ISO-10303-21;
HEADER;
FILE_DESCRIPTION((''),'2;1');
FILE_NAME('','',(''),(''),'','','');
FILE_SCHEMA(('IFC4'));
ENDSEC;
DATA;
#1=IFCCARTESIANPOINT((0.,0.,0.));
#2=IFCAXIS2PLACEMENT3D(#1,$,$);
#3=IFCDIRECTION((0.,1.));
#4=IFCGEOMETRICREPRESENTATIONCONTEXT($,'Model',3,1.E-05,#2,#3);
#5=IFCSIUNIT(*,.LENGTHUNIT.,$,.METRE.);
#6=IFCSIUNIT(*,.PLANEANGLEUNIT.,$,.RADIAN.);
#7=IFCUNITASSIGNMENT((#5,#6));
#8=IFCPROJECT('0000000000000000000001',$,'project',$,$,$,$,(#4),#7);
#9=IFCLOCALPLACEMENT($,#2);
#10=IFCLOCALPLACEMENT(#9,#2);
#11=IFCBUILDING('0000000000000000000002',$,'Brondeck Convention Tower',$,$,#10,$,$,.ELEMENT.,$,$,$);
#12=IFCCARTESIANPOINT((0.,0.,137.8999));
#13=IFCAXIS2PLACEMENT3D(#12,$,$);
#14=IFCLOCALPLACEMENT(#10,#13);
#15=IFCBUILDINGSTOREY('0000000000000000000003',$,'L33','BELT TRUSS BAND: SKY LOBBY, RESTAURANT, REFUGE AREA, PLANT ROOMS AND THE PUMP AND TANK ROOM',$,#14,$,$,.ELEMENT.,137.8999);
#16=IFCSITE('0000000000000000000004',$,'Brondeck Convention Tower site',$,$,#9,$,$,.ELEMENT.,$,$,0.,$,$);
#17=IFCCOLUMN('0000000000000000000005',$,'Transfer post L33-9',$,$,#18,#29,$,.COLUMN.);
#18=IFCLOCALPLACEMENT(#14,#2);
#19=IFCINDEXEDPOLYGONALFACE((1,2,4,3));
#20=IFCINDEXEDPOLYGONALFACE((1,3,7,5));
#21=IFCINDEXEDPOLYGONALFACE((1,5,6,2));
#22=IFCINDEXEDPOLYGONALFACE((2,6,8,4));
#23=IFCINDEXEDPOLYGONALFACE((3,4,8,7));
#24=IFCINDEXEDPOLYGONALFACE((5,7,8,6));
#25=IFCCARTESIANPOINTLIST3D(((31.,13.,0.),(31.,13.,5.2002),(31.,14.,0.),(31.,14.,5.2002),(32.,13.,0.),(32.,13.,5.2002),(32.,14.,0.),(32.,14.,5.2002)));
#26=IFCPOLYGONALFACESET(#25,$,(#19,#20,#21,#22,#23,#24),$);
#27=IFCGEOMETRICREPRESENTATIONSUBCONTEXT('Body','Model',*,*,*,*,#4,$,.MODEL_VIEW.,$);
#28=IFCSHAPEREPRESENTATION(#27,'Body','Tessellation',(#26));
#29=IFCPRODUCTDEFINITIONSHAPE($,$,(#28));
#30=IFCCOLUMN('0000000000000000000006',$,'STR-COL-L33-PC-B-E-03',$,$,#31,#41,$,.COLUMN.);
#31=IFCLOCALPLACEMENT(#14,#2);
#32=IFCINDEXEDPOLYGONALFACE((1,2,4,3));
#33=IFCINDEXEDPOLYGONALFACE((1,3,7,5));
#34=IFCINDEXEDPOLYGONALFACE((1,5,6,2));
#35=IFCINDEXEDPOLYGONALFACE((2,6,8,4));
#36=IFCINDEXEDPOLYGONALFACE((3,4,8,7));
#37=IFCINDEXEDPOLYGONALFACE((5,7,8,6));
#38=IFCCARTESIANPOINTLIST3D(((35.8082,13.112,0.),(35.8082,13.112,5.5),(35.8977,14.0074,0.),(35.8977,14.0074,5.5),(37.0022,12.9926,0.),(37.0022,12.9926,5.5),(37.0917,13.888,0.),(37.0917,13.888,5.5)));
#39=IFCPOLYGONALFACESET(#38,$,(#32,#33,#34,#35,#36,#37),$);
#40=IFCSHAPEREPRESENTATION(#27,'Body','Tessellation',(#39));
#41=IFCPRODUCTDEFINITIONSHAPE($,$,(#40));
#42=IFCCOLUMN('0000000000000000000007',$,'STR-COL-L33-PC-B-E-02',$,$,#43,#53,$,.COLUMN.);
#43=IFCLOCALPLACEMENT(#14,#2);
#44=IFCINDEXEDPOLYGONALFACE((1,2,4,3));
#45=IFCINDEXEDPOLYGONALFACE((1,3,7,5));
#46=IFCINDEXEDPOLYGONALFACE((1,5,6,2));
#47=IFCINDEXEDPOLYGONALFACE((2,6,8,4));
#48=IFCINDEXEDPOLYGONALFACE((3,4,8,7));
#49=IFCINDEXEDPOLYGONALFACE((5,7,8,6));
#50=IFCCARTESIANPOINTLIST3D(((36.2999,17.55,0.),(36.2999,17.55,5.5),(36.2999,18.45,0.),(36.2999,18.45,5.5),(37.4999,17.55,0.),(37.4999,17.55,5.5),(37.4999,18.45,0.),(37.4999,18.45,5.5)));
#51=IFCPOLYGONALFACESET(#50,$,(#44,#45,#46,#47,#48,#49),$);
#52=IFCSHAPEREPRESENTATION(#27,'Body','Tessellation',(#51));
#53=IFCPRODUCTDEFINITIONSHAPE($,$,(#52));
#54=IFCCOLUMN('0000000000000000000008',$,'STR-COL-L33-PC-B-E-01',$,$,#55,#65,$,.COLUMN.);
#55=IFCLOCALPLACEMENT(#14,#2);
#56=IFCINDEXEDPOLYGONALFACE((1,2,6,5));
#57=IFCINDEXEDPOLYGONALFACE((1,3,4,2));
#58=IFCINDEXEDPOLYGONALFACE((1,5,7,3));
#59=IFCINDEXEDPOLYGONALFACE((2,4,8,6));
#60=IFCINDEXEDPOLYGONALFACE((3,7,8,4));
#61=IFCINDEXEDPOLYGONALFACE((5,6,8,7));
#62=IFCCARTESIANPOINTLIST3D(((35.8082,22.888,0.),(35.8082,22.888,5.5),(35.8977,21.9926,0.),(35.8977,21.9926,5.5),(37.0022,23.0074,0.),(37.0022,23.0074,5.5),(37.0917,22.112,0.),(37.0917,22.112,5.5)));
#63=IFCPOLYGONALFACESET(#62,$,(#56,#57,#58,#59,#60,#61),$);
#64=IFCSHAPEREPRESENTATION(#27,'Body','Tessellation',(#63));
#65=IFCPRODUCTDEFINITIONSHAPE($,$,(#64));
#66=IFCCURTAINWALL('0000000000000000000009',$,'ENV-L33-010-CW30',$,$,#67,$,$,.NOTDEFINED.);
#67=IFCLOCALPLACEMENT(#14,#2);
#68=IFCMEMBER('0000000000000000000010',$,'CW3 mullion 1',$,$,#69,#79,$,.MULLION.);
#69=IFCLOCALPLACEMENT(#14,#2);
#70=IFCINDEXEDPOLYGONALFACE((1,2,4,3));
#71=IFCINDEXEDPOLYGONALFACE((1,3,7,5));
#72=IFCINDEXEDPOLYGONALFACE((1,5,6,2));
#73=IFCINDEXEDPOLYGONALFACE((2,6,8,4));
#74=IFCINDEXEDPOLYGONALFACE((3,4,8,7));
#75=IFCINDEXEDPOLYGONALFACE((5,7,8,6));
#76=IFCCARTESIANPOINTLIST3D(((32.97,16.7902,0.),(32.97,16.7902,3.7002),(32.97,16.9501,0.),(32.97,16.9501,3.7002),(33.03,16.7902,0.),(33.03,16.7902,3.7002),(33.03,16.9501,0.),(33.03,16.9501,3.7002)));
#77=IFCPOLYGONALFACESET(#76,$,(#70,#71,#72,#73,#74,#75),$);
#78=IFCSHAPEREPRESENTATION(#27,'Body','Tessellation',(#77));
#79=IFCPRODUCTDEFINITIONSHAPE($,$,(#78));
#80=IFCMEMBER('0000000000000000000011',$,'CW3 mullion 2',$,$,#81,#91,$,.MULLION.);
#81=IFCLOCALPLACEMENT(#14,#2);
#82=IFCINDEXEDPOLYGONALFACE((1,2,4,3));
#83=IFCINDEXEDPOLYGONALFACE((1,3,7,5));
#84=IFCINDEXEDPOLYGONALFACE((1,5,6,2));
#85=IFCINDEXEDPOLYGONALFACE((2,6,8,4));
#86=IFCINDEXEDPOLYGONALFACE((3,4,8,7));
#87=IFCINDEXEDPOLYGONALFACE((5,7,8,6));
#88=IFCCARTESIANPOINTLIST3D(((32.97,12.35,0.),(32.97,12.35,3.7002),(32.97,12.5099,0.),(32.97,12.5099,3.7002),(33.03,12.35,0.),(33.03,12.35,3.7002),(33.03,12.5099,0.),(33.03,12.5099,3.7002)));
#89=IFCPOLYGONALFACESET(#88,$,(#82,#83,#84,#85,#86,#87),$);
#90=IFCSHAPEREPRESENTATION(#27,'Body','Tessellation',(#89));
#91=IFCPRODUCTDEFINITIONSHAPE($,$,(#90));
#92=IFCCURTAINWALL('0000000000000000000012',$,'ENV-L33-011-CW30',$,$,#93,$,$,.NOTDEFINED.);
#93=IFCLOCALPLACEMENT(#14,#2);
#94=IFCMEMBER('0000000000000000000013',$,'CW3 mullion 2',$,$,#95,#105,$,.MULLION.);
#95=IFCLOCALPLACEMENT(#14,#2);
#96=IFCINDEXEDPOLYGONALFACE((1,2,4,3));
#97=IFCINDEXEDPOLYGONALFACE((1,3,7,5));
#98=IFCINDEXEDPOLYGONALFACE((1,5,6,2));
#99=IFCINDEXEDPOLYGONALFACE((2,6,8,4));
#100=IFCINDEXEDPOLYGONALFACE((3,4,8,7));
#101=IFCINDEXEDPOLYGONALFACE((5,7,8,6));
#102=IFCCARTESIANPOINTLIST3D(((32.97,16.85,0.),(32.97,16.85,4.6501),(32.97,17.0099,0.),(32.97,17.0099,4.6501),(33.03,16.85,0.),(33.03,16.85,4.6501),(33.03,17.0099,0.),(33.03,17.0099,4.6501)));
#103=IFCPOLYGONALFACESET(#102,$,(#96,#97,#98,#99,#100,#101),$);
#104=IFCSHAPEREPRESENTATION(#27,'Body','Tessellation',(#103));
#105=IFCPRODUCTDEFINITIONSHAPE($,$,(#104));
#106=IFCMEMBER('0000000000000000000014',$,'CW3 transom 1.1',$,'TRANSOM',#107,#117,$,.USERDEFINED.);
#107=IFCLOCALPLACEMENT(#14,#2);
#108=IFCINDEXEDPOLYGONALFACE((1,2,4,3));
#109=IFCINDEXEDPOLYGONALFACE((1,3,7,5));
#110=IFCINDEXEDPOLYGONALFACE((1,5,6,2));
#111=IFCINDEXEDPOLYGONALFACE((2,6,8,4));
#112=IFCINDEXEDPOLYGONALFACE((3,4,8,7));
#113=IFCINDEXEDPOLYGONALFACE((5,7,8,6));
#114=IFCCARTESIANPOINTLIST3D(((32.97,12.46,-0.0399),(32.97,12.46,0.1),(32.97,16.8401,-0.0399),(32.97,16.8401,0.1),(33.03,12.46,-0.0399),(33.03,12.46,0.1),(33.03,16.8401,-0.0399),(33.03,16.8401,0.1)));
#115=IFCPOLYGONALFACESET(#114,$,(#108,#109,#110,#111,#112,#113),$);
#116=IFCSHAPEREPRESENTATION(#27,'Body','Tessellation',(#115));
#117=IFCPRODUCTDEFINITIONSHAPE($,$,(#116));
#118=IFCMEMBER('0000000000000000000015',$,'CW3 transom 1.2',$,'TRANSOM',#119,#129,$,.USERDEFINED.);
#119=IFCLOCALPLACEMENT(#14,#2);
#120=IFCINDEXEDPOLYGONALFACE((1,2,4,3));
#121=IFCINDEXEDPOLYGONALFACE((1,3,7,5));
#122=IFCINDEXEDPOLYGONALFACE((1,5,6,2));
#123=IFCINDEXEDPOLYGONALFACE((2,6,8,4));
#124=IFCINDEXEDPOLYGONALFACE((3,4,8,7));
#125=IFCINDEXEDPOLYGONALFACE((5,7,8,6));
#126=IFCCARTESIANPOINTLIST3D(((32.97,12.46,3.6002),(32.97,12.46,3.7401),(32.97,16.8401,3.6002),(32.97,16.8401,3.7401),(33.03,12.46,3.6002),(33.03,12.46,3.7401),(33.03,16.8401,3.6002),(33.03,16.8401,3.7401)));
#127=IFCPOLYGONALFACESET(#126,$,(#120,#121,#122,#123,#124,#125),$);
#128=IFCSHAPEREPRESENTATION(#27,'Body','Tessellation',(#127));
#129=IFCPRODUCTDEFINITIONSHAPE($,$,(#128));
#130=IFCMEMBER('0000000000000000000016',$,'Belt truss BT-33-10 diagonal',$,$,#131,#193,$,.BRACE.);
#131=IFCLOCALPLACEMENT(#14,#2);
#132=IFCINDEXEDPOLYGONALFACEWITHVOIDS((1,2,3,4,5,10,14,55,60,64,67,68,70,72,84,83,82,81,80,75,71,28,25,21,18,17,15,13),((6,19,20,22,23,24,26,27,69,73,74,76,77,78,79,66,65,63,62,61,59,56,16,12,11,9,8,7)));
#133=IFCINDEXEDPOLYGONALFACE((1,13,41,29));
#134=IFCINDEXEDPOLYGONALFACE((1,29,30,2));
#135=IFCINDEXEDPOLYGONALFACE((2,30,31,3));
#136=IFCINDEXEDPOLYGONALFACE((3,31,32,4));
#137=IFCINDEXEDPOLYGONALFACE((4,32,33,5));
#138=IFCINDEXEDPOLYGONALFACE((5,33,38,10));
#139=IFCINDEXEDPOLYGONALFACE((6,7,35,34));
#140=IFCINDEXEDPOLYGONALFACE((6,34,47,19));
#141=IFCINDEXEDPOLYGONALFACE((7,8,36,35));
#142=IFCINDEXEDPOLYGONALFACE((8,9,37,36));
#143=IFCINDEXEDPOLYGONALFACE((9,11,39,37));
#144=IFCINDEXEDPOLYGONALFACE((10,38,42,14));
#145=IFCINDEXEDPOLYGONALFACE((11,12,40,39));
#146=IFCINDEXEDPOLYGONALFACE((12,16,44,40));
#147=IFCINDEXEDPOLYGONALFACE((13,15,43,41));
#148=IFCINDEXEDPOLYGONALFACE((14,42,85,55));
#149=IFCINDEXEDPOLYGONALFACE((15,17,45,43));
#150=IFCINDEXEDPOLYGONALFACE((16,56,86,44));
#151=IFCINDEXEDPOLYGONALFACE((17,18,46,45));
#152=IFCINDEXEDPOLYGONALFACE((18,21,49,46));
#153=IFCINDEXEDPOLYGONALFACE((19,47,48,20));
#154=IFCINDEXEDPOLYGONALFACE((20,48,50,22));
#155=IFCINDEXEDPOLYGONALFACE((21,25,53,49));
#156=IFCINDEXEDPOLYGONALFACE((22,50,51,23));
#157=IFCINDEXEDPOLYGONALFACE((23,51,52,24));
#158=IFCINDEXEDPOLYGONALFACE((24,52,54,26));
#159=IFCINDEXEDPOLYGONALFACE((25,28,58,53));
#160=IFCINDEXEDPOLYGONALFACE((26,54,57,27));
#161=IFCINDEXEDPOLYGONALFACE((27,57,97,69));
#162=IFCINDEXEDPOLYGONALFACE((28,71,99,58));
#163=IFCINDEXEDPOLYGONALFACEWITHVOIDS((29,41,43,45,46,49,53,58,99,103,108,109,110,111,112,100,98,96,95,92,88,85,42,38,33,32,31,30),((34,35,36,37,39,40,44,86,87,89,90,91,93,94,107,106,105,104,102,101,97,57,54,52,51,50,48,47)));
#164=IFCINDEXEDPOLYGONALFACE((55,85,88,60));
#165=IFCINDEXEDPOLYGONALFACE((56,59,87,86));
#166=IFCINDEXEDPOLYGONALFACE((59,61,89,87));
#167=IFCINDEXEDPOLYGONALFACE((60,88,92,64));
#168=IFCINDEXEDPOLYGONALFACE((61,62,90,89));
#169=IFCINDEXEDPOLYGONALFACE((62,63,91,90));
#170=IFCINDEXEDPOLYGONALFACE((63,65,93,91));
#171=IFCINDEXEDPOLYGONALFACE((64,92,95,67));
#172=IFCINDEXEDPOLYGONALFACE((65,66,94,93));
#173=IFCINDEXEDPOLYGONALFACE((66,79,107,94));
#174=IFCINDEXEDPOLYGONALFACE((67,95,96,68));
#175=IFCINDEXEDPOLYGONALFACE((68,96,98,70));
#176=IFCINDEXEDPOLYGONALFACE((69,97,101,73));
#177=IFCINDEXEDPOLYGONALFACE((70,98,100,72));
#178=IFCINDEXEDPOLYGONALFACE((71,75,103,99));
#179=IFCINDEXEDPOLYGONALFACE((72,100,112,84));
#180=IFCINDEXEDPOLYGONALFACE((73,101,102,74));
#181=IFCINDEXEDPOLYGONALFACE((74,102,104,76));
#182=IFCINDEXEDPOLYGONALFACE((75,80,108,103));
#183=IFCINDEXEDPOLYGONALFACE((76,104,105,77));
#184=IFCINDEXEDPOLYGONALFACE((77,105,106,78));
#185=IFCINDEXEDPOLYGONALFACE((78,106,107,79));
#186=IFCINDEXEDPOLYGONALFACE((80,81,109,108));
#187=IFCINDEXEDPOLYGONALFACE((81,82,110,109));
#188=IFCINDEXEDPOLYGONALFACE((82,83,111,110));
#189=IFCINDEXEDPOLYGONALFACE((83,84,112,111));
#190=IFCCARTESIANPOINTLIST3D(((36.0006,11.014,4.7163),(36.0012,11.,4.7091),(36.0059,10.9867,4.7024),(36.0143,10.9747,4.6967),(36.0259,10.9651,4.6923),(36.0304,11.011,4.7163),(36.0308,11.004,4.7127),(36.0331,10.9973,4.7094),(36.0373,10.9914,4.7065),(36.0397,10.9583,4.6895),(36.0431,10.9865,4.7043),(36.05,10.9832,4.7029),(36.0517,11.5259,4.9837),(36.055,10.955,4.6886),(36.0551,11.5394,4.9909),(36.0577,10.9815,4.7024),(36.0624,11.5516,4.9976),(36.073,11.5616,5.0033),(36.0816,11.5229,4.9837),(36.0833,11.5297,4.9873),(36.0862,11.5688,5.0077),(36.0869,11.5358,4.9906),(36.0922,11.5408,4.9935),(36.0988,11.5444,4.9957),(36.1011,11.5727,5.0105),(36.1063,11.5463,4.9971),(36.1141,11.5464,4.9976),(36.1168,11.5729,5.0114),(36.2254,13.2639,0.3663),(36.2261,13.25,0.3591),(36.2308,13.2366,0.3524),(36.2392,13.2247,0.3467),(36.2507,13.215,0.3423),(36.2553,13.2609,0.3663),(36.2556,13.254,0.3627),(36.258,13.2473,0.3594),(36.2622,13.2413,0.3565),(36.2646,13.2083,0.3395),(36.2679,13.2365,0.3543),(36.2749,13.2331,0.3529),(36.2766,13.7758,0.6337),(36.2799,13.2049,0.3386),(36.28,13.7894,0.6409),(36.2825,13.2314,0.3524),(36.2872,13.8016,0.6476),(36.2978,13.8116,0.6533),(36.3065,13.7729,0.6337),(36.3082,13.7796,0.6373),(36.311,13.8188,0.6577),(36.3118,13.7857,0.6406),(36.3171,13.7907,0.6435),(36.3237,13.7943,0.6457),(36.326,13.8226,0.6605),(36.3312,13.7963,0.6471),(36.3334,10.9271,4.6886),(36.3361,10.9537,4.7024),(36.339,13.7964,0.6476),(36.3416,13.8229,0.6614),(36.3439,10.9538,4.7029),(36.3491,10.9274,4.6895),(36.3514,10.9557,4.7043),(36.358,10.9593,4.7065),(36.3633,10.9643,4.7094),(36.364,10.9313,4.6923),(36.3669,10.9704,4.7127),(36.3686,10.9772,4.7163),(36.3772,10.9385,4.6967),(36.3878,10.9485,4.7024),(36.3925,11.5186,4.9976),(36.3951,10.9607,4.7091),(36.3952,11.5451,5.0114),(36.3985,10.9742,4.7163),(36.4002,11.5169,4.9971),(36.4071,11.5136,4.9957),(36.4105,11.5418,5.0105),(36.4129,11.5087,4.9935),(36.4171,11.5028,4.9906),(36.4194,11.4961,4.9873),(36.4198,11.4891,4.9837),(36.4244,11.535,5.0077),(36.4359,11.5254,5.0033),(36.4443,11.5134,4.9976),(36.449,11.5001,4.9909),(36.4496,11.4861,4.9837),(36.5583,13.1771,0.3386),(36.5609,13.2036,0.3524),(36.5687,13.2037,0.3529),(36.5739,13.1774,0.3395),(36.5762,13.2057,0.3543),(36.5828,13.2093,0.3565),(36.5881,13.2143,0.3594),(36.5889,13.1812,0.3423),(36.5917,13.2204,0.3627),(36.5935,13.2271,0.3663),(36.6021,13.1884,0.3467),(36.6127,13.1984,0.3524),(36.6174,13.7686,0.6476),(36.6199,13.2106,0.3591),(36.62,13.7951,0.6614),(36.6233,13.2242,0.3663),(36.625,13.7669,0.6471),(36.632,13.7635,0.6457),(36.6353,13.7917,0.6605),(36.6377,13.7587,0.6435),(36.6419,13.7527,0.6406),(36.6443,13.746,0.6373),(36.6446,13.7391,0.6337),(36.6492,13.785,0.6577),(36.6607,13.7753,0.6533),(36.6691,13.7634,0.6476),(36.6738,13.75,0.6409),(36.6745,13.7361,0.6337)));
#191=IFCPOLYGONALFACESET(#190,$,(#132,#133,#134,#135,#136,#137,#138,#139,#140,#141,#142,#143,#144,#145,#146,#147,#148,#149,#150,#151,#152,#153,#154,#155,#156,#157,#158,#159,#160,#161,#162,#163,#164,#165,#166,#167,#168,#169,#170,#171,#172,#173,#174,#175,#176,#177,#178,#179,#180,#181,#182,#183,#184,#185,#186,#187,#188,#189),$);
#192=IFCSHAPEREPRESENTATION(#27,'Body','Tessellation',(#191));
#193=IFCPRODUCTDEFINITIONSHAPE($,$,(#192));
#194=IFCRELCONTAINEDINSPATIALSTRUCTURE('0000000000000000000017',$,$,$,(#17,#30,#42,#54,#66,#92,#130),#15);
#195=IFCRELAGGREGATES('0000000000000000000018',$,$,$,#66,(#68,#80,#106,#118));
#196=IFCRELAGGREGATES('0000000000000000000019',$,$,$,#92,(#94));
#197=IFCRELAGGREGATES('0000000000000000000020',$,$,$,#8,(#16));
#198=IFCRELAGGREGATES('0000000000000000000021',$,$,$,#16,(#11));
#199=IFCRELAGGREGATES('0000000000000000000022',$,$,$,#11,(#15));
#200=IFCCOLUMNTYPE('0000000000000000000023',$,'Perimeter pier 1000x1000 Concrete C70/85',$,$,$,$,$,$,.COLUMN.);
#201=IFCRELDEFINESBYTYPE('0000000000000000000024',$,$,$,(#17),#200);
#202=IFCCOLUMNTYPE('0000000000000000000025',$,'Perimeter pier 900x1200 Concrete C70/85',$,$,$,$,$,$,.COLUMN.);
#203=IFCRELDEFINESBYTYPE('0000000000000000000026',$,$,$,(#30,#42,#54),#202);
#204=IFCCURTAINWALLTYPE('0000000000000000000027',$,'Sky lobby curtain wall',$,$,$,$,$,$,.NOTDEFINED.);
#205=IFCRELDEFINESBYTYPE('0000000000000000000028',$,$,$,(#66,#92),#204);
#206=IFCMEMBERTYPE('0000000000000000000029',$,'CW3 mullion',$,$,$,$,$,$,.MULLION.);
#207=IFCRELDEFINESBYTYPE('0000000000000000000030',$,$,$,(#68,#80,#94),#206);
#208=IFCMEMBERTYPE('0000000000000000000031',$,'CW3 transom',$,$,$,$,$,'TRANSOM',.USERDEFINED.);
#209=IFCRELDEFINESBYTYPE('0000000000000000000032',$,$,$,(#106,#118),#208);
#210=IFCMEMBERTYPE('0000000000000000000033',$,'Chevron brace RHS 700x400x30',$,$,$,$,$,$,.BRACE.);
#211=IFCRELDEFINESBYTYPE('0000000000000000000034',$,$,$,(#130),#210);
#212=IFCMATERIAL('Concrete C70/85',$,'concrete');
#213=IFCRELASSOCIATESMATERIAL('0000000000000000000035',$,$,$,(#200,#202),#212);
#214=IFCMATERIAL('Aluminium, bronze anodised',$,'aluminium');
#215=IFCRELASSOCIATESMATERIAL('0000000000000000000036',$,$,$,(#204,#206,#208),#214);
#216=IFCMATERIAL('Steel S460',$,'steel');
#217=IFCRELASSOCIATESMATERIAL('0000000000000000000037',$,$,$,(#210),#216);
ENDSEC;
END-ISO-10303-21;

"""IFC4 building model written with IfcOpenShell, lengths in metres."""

from ifc_helpers import new_model, si_unit, direction, frame, origin, origin_2d, place, context, subcontext, project, spatial, rectangle, hollow_rectangle, extrude, material, material_profile, profile_set, type_object, element, aggregate, save


model = new_model("IFC4")

# Units and contexts
model_context = context("Model", 3, precision=1e-05, world=origin(), true_north=direction((0.0, 1.0)))
body_context = subcontext(model_context, "Body", "Model", "MODEL_VIEW")
ifc_project = project(units=[si_unit("LENGTHUNIT", "METRE"), si_unit("PLANEANGLEUNIT", "RADIAN")], contexts=[model_context])

# Site, building, storey
site_placement = place(None, origin())
site = spatial("IfcSite", under=ifc_project, at=site_placement, Name="Brondeck Convention Tower site", CompositionType="ELEMENT", RefElevation=0.0)
building_placement = place(site_placement, origin())
building = spatial("IfcBuilding", under=site, at=building_placement, Name="Brondeck Convention Tower", CompositionType="ELEMENT")
storey_placement = place(building_placement, frame((0.0, 0.0, 137.8999)))
storey = spatial("IfcBuildingStorey", under=building, at=storey_placement, Name="L33", Description="BELT TRUSS BAND: SKY LOBBY, RESTAURANT, REFUGE AREA, PLANT ROOMS AND THE PUMP AND TANK ROOM", CompositionType="ELEMENT", Elevation=137.8999)

# Columns
ifc_material_1 = material(Name="Concrete C70/85", Category="concrete")
ifc_material_profile_1 = material_profile(ifc_material_1, rectangle(XDim=1.0, YDim=1.0, at=origin_2d()), Name="Perimeter pier 1000x1000 Concrete C70/85")
ifc_profile_set_1 = profile_set([ifc_material_profile_1], Name="Concrete C70/85")
column_type_1 = type_object("IfcColumnType", Name="Perimeter pier 1000x1000 Concrete C70/85", PredefinedType="COLUMN", material=ifc_profile_set_1)
column_placement = place(storey_placement, frame((31.5, 13.5, 0.0), z_axis=(0.0, 0.0, 1.0), x_axis=(1.0, 0.0, 0.0)))
element("IfcColumn", 1, at=column_placement, inside=storey, type_object=column_type_1, Name="Transfer post L33-9", PredefinedType="COLUMN", context=body_context, shape_type="SweptSolid", body=[
    extrude(rectangle(XDim=1.0, YDim=1.0, at=origin_2d()), origin(), (0.0, 0.0, 1.0), 5.2002),
])
ifc_material_profile_2 = material_profile(ifc_material_1, rectangle(XDim=0.8999, YDim=1.2, at=origin_2d()), Name="Perimeter pier 900x1200 Concrete C70/85")
ifc_profile_set_2 = profile_set([ifc_material_profile_2], Name="Concrete C70/85")
column_type_2 = type_object("IfcColumnType", Name="Perimeter pier 900x1200 Concrete C70/85", PredefinedType="COLUMN", material=ifc_profile_set_2)
for number, where, z_axis, x_axis, name in (
    (2, (36.45, 13.5, 0.0), (0.0, 0.0, 1.0), (0.099504, 0.995037, 0.0), "STR-COL-L33-PC-B-E-03"),
    (3, (36.8999, 18.0, 0.0), (0.0, 0.0, 1.0), (0.0, 1.0, 0.0), "STR-COL-L33-PC-B-E-02"),
    (4, (36.45, 22.5, 0.0), (0.0, 0.0, 1.0), (-0.099504, 0.995037, 0.0), "STR-COL-L33-PC-B-E-01"),
):
    element("IfcColumn", number, at=place(storey_placement, frame(where, z_axis=z_axis, x_axis=x_axis)), inside=storey, type_object=column_type_2, Name=name, PredefinedType="COLUMN", context=body_context, shape_type="SweptSolid", body=[
        extrude(rectangle(XDim=0.8999, YDim=1.2, at=origin_2d()), origin(), (0.0, 0.0, 1.0), 5.5),
    ])

# Curtain wall, members
ifc_material_2 = material(Name="Aluminium, bronze anodised", Category="aluminium")
curtain_wall_type = type_object("IfcCurtainWallType", Name="Sky lobby curtain wall", PredefinedType="NOTDEFINED", material=ifc_material_2)
curtain_wall_1_placement = place(storey_placement, origin())
curtain_wall_1 = element("IfcCurtainWall", 5, at=curtain_wall_1_placement, inside=storey, type_object=curtain_wall_type, Name="ENV-L33-010-CW30", PredefinedType="NOTDEFINED")
ifc_material_profile_3 = material_profile(ifc_material_2, rectangle(XDim=0.0601, YDim=0.1599, at=origin_2d()), Name="CW3 mullion")
ifc_profile_set_3 = profile_set([ifc_material_profile_3], Name="Aluminium, bronze anodised")
member_type_1 = type_object("IfcMemberType", Name="CW3 mullion", PredefinedType="MULLION", material=ifc_profile_set_3)
member_1_placement = place(storey_placement, frame((33.0, 16.8701, 0.0), z_axis=(0.0, 0.0, 1.0), x_axis=(1.0, 0.0, 0.0)))
member_1 = element("IfcMember", 6, at=member_1_placement, type_object=member_type_1, Name="CW3 mullion 1", PredefinedType="MULLION", context=body_context, shape_type="SweptSolid", body=[
    extrude(rectangle(XDim=0.0601, YDim=0.1599, at=origin_2d()), origin(), (0.0, 0.0, 1.0), 3.7002),
])
member_2_placement = place(storey_placement, frame((33.0, 12.4299, 0.0), z_axis=(0.0, 0.0, 1.0), x_axis=(1.0, 0.0, 0.0)))
member_2 = element("IfcMember", 7, at=member_2_placement, type_object=member_type_1, Name="CW3 mullion 2", PredefinedType="MULLION", context=body_context, shape_type="SweptSolid", body=[
    extrude(rectangle(XDim=0.0601, YDim=0.1599, at=origin_2d()), origin(), (0.0, 0.0, 1.0), 3.7002),
])

# Curtain wall, member
curtain_wall_2_placement = place(storey_placement, origin())
curtain_wall_2 = element("IfcCurtainWall", 8, at=curtain_wall_2_placement, inside=storey, type_object=curtain_wall_type, Name="ENV-L33-011-CW30", PredefinedType="NOTDEFINED")
member_3_placement = place(storey_placement, frame((33.0, 16.9299, 0.0), z_axis=(0.0, 0.0, 1.0), x_axis=(1.0, 0.0, 0.0)))
member_3 = element("IfcMember", 9, at=member_3_placement, type_object=member_type_1, Name="CW3 mullion 2", PredefinedType="MULLION", context=body_context, shape_type="SweptSolid", body=[
    extrude(rectangle(XDim=0.0601, YDim=0.1599, at=origin_2d()), origin(), (0.0, 0.0, 1.0), 4.6501),
])

# Members
ifc_material_profile_4 = material_profile(ifc_material_2, rectangle(XDim=0.0601, YDim=0.1399, at=origin_2d()), Name="CW3 transom")
ifc_profile_set_4 = profile_set([ifc_material_profile_4], Name="Aluminium, bronze anodised")
member_type_2 = type_object("IfcMemberType", Name="CW3 transom", ElementType="TRANSOM", PredefinedType="USERDEFINED", material=ifc_profile_set_4)
member_4_placement = place(storey_placement, frame((33.0, 16.8401, 0.03), z_axis=(0.0, -1.0, 0.0), x_axis=(1.0, 0.0, 0.0)))
member_4 = element("IfcMember", 10, at=member_4_placement, type_object=member_type_2, Name="CW3 transom 1.1", ObjectType="TRANSOM", PredefinedType="USERDEFINED", context=body_context, shape_type="SweptSolid", body=[
    extrude(rectangle(XDim=0.0601, YDim=0.1399, at=origin_2d()), origin(), (0.0, 0.0, 1.0), 4.3801),
])
member_5_placement = place(storey_placement, frame((33.0, 16.8401, 3.6702), z_axis=(0.0, -1.0, 0.0), x_axis=(1.0, 0.0, 0.0)))
member_5 = element("IfcMember", 11, at=member_5_placement, type_object=member_type_2, Name="CW3 transom 1.2", ObjectType="TRANSOM", PredefinedType="USERDEFINED", context=body_context, shape_type="SweptSolid", body=[
    extrude(rectangle(XDim=0.0601, YDim=0.1399, at=origin_2d()), origin(), (0.0, 0.0, 1.0), 4.3801),
])

# Member
ifc_material_3 = material(Name="Steel S460", Category="steel")
ifc_material_profile_5 = material_profile(ifc_material_3, hollow_rectangle(XDim=0.3999, YDim=0.7, WallThickness=0.03, InnerFilletRadius=0.03, OuterFilletRadius=0.0601, at=origin_2d()), Name="RHS 700x400x30")
ifc_profile_set_5 = profile_set([ifc_material_profile_5], Name="Steel S460")
member_type_3 = type_object("IfcMemberType", Name="Chevron brace RHS 700x400x30", PredefinedType="BRACE", material=ifc_profile_set_5)
for number, where, z_axis, x_axis, name in (
    (12, (36.45, 13.5, 0.5), (-0.045863, -0.458931, 0.887287), (0.995044, -0.09944, 0.0), "Belt truss BT-33-10 diagonal"),
):
    element("IfcMember", number, at=place(storey_placement, frame(where, z_axis=z_axis, x_axis=x_axis)), inside=storey, type_object=member_type_3, Name=name, PredefinedType="BRACE", context=body_context, shape_type="SweptSolid", body=[
        extrude(hollow_rectangle(XDim=0.3999, YDim=0.7, WallThickness=0.03, InnerFilletRadius=0.03, OuterFilletRadius=0.0601, at=origin_2d()), origin(), (0.0, 0.0, 1.0), 4.9026),
    ])

aggregate(curtain_wall_1, [member_1, member_2, member_4, member_5])
aggregate(curtain_wall_2, [member_3])

save(model, "model.ifc")
